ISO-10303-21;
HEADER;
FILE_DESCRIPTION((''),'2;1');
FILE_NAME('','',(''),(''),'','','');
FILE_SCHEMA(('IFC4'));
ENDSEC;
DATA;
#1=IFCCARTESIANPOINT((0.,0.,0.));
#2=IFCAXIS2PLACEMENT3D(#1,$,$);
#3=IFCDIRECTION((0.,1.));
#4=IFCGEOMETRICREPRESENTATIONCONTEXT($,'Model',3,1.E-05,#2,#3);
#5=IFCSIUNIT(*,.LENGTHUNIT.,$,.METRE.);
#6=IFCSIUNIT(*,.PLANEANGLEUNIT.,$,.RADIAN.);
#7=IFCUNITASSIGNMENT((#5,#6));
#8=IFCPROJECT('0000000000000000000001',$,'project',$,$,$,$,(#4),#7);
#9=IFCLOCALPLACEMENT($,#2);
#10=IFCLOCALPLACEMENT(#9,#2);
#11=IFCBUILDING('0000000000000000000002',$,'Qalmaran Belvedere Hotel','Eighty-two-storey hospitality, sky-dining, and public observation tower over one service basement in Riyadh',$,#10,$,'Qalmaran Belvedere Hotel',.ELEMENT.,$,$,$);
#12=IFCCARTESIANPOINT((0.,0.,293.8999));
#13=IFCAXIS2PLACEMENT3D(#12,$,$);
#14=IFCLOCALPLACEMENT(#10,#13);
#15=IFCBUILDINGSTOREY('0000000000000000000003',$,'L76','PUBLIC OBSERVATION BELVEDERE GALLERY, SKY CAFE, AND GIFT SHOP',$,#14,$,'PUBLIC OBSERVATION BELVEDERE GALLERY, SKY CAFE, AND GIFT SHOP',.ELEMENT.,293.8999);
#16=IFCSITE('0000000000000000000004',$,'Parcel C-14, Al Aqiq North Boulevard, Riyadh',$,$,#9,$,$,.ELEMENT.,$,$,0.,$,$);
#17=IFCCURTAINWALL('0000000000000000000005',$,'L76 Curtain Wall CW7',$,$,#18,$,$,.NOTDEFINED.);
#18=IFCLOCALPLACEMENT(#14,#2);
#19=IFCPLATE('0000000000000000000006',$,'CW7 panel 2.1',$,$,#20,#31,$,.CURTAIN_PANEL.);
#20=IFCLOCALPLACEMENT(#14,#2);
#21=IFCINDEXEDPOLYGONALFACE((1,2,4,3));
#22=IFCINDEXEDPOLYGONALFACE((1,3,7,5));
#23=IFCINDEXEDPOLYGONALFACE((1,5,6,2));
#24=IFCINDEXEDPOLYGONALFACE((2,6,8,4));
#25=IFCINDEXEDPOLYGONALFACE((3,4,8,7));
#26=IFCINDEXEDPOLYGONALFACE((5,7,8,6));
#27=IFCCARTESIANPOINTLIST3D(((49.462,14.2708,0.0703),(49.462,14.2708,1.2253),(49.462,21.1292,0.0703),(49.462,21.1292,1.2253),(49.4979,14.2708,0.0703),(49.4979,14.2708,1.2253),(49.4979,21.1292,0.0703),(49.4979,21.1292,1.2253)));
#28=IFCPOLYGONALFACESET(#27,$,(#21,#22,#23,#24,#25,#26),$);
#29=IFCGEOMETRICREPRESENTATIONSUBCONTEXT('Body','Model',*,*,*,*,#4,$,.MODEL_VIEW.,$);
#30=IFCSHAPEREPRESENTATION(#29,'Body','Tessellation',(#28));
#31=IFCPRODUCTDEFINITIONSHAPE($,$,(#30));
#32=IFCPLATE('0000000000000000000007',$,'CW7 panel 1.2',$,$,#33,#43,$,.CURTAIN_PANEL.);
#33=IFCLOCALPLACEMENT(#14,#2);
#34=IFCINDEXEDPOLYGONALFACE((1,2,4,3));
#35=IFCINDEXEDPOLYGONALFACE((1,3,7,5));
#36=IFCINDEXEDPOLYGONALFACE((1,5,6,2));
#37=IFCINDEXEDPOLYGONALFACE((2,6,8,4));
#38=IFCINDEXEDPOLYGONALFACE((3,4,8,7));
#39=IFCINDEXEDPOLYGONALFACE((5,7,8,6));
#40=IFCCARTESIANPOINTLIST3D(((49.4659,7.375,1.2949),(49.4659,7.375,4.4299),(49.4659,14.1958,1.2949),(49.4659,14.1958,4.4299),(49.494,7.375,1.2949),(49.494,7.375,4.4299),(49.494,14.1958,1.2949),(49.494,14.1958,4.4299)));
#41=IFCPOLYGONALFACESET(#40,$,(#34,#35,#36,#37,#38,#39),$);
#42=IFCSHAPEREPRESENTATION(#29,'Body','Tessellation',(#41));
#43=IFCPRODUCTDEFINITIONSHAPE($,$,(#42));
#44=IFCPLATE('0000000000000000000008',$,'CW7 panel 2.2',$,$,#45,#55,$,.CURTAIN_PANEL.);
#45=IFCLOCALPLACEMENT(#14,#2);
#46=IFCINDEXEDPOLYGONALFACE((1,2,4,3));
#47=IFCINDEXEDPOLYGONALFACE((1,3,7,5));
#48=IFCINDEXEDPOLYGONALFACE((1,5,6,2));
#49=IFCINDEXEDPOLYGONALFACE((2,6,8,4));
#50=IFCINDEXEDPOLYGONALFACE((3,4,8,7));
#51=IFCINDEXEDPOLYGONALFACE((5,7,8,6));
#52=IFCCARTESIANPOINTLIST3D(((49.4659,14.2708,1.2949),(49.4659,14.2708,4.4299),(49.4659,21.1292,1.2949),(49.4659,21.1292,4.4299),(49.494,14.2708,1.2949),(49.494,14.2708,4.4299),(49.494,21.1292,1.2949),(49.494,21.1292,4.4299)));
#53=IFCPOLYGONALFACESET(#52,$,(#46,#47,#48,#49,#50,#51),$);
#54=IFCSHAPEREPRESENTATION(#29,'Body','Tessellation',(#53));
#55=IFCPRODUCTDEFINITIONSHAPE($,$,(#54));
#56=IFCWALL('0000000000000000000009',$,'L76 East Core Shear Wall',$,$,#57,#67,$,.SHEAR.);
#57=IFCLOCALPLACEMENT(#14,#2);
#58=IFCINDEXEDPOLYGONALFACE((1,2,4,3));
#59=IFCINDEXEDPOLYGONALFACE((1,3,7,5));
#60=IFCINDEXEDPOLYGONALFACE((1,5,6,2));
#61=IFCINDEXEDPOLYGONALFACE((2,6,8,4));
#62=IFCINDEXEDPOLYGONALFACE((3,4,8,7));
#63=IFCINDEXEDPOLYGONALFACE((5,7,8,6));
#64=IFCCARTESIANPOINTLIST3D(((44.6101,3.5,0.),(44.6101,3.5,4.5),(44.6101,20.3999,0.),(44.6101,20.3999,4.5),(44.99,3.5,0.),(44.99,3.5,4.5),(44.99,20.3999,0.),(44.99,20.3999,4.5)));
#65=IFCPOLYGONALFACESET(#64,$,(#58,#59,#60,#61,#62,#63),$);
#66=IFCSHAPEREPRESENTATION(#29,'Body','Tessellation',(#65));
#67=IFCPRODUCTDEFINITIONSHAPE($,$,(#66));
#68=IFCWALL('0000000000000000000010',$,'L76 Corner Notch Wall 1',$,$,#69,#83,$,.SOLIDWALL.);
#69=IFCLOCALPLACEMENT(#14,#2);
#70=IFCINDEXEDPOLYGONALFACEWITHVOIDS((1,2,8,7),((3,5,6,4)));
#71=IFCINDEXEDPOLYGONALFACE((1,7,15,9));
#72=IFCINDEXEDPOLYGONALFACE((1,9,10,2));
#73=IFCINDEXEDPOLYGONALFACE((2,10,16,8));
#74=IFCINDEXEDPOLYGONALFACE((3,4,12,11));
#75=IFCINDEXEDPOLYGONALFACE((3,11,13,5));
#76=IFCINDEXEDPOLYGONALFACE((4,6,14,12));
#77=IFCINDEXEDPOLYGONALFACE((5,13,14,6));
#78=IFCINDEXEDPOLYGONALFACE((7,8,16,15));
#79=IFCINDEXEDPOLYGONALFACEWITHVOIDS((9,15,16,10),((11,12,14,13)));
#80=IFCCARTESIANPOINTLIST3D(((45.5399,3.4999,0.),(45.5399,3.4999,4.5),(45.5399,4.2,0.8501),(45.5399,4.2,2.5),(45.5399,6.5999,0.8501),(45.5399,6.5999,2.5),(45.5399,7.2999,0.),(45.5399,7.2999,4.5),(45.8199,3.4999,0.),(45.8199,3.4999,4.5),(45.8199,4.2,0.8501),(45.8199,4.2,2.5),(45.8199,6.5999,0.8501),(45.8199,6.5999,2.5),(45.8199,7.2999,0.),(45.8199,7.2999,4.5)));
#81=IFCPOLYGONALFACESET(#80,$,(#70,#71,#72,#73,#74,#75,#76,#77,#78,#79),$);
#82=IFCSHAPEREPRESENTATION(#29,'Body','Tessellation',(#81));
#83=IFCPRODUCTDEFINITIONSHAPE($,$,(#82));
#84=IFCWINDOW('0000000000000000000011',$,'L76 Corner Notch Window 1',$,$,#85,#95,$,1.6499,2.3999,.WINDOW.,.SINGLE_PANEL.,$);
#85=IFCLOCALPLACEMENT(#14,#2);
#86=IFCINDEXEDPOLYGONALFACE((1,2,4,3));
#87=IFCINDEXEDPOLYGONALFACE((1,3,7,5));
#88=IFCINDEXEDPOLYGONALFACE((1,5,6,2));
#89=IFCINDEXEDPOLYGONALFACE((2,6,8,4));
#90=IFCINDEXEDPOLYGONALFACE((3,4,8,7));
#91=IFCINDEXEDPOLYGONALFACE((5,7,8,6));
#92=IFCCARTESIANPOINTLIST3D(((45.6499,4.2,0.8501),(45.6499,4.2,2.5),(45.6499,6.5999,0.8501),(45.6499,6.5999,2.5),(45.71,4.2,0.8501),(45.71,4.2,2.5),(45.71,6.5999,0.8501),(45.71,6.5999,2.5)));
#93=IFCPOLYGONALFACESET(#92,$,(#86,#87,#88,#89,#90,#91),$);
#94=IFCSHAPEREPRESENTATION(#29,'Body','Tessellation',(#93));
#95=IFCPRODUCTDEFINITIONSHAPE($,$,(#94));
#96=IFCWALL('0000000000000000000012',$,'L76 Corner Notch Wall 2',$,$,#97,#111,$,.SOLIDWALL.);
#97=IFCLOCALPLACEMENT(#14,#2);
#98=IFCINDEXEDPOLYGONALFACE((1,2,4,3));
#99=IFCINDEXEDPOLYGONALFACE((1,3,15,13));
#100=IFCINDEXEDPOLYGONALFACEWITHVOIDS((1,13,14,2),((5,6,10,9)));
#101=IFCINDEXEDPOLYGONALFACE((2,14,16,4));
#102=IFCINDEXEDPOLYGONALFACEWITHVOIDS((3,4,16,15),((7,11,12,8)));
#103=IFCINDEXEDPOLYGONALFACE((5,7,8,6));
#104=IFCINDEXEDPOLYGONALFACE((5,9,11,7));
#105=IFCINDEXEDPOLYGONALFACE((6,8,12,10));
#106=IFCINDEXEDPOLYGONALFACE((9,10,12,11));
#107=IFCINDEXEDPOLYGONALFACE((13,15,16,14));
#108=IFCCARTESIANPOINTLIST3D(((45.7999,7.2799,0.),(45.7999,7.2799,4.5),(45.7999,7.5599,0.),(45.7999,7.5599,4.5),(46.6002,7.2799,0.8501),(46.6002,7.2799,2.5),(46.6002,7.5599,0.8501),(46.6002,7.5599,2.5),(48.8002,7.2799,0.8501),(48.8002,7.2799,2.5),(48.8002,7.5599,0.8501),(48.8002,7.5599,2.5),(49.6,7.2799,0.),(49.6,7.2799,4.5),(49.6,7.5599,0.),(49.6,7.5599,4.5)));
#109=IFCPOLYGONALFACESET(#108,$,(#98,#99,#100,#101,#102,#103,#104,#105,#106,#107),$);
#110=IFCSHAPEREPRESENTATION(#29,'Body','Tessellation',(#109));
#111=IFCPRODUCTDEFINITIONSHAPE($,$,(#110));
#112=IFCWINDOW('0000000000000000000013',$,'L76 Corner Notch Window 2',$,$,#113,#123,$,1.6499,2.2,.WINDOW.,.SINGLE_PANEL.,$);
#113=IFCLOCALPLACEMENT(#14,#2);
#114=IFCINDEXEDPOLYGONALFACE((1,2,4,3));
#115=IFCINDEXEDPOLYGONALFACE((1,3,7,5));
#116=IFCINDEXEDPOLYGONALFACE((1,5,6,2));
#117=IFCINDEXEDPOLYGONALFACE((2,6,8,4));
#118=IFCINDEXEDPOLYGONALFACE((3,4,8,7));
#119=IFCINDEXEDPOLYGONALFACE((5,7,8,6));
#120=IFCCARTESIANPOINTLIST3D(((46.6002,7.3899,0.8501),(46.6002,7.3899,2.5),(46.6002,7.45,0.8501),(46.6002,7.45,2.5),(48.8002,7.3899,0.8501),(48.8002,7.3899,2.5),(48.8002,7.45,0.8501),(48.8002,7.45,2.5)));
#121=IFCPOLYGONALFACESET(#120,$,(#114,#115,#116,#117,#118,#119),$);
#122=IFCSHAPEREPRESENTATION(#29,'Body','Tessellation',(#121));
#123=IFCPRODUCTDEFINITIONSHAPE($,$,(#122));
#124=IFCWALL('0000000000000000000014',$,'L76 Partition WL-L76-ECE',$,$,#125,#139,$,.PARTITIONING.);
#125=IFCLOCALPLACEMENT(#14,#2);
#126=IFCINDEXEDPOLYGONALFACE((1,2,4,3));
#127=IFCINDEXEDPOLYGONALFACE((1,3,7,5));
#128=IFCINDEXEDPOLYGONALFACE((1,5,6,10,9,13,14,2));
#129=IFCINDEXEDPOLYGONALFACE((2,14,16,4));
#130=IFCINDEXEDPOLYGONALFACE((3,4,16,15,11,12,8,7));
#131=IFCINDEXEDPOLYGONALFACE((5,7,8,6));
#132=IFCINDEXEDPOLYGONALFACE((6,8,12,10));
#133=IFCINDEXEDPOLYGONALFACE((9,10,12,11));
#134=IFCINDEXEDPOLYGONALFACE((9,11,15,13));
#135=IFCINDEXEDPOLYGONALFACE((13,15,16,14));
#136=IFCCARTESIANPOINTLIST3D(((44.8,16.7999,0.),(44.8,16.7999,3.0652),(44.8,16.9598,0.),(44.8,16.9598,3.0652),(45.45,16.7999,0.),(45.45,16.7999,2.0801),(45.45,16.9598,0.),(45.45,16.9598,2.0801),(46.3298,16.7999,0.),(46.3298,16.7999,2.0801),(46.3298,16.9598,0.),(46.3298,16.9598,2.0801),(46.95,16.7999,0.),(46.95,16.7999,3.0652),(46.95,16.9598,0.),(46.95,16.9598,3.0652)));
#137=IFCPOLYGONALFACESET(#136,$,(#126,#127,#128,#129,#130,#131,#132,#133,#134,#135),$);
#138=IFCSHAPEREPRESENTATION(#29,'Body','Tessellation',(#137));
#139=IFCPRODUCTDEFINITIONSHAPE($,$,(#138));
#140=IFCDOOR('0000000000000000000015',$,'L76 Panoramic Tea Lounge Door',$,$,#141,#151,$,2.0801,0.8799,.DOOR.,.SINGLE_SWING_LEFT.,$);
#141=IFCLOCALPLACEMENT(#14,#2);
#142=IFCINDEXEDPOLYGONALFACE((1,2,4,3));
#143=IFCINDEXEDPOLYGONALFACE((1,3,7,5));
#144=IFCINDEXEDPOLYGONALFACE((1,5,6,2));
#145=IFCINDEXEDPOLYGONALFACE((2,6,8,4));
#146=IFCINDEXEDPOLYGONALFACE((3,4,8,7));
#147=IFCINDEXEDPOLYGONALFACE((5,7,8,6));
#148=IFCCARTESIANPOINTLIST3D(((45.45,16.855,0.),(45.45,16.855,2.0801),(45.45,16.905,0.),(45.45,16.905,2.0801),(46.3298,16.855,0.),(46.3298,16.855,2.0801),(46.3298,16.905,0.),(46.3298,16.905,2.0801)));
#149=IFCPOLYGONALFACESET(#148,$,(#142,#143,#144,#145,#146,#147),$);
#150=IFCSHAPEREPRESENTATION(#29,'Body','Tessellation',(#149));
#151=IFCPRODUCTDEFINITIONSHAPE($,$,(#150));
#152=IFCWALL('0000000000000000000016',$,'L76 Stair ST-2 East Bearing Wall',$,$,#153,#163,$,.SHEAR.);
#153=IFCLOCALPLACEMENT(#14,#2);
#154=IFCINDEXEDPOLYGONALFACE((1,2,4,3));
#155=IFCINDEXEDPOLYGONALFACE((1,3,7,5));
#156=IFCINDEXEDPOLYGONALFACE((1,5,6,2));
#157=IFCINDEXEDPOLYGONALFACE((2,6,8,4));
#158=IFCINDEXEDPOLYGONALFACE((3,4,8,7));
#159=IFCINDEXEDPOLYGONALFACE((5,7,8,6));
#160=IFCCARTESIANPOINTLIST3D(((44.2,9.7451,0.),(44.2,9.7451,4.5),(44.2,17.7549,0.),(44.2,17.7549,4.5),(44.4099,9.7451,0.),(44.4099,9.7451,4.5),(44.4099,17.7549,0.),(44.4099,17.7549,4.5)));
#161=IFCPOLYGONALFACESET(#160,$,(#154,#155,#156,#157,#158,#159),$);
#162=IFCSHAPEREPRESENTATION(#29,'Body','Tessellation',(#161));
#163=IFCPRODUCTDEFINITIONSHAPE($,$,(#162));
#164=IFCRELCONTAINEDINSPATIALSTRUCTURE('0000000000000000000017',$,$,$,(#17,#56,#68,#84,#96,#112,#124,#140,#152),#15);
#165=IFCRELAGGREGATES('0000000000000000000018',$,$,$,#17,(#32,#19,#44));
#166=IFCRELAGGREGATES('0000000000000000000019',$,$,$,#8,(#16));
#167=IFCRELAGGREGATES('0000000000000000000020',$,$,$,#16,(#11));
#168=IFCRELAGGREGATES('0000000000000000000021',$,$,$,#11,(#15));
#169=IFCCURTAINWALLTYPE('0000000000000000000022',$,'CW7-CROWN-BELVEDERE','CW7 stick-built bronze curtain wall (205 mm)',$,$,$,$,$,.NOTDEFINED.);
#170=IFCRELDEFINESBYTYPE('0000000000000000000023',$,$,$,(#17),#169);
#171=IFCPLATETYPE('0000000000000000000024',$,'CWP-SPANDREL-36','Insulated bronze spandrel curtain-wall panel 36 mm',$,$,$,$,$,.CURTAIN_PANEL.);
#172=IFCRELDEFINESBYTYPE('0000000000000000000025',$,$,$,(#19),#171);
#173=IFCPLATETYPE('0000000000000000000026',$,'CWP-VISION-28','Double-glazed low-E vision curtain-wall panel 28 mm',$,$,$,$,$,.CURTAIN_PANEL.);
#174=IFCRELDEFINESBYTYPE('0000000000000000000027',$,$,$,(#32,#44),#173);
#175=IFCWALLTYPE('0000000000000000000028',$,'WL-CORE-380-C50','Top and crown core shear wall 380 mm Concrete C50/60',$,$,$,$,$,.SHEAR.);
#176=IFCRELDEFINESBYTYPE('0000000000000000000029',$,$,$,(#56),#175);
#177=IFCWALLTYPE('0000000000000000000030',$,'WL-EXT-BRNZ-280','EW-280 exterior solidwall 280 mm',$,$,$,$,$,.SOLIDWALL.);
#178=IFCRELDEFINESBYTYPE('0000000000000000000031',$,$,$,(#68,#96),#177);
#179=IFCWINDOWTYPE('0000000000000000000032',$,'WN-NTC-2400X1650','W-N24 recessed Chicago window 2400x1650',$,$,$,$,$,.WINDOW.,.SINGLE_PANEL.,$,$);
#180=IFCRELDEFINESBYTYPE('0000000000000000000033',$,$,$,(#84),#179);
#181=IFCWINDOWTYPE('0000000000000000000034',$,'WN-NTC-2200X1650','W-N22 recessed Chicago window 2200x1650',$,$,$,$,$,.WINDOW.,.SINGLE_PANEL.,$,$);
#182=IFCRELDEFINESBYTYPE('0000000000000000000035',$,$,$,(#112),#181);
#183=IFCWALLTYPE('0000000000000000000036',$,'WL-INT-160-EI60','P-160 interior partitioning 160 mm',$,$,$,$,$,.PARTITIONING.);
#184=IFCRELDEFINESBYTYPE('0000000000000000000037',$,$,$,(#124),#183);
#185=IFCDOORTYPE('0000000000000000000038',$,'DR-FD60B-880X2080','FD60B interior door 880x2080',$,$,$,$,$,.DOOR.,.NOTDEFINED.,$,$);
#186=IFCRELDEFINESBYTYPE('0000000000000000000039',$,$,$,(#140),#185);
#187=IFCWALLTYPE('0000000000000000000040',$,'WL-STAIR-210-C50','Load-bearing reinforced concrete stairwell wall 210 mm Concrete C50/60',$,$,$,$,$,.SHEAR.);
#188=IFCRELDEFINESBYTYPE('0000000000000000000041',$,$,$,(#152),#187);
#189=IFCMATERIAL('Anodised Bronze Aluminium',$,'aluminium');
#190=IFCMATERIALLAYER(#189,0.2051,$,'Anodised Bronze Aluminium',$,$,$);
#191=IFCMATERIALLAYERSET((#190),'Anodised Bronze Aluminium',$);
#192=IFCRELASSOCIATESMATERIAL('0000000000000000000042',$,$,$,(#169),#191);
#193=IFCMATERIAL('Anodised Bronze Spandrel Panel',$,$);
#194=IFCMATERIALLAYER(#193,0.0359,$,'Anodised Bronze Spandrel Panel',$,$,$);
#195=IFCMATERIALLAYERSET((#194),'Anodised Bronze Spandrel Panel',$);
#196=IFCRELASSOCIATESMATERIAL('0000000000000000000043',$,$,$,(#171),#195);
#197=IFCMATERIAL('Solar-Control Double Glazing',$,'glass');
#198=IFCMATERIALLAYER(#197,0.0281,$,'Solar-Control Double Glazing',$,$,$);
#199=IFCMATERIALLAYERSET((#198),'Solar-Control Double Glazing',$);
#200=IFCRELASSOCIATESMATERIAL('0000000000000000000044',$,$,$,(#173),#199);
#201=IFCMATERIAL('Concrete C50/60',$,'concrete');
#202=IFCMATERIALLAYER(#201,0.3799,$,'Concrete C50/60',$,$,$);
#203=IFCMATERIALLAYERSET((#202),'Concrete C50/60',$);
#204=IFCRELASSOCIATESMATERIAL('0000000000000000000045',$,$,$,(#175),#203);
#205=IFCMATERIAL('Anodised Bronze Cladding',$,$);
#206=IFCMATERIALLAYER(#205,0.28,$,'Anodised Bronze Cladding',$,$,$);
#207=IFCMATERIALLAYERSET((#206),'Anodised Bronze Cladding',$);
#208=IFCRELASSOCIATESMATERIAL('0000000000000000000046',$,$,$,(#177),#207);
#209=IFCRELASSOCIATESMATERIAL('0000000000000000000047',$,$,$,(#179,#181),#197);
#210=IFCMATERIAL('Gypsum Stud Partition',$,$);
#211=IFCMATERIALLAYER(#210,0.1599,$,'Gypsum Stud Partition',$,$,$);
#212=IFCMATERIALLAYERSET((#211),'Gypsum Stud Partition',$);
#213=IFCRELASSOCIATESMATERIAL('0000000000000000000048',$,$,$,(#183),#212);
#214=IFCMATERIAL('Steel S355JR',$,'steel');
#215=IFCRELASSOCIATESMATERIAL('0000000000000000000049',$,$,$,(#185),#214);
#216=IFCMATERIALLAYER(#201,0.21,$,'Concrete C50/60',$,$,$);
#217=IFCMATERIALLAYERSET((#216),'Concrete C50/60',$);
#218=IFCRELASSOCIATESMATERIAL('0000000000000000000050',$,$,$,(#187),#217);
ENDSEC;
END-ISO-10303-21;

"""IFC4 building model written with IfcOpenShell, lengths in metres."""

from ifc_helpers import new_model, si_unit, direction, frame, frame_2d, origin, origin_2d, place, context, subcontext, project, spatial, rectangle, extrude, material, layer, layer_set, type_object, element, fill, aggregate, save


model = new_model("IFC4")

# Units and contexts
model_context = context("Model", 3, precision=1e-05, world=origin(), true_north=direction((0.0, 1.0)))
body_context = subcontext(model_context, "Body", "Model", "MODEL_VIEW")
ifc_project = project(units=[si_unit("LENGTHUNIT", "METRE"), si_unit("PLANEANGLEUNIT", "RADIAN")], contexts=[model_context])

# Site, building, storey
site_placement = place(None, origin())
site = spatial("IfcSite", under=ifc_project, at=site_placement, Name="Parcel C-14, Al Aqiq North Boulevard, Riyadh", CompositionType="ELEMENT", RefElevation=0.0)
building_placement = place(site_placement, origin())
building = spatial("IfcBuilding", under=site, at=building_placement, Name="Qalmaran Belvedere Hotel", Description="Eighty-two-storey hospitality, sky-dining, and public observation tower over one service basement in Riyadh", LongName="Qalmaran Belvedere Hotel", CompositionType="ELEMENT")
storey_placement = place(building_placement, frame((0.0, 0.0, 293.8999)))
storey = spatial("IfcBuildingStorey", under=building, at=storey_placement, Name="L76", Description="PUBLIC OBSERVATION BELVEDERE GALLERY, SKY CAFE, AND GIFT SHOP", LongName="PUBLIC OBSERVATION BELVEDERE GALLERY, SKY CAFE, AND GIFT SHOP", CompositionType="ELEMENT", Elevation=293.8999)

# Shared definitions
ifc_material_1 = material(Name="Concrete C50/60", Category="concrete")

# Shared definitions
ifc_material_2 = material(Name="Steel S355JR", Category="steel")

# Curtain wall, plates
ifc_material_3 = material(Name="Anodised Bronze Aluminium", Category="aluminium")
ifc_layer_1 = layer(ifc_material_3, 0.2051, Name="Anodised Bronze Aluminium")
ifc_layer_set_1 = layer_set([ifc_layer_1], Name="Anodised Bronze Aluminium")
curtain_wall_type = type_object("IfcCurtainWallType", Name="CW7-CROWN-BELVEDERE", Description="CW7 stick-built bronze curtain wall (205 mm)", PredefinedType="NOTDEFINED", material=ifc_layer_set_1)
curtain_wall_placement = place(storey_placement, origin())
curtain_wall = element("IfcCurtainWall", 1, at=curtain_wall_placement, inside=storey, type_object=curtain_wall_type, Name="L76 Curtain Wall CW7", PredefinedType="NOTDEFINED")
ifc_material_4 = material(Name="Anodised Bronze Spandrel Panel")
ifc_layer_2 = layer(ifc_material_4, 0.0359, Name="Anodised Bronze Spandrel Panel")
ifc_layer_set_2 = layer_set([ifc_layer_2], Name="Anodised Bronze Spandrel Panel")
plate_type_1 = type_object("IfcPlateType", Name="CWP-SPANDREL-36", Description="Insulated bronze spandrel curtain-wall panel 36 mm", PredefinedType="CURTAIN_PANEL", material=ifc_layer_set_2)
plate_1_placement = place(storey_placement, frame((49.48, 17.7, 0.0703), z_axis=(0.0, 0.0, 1.0), x_axis=(0.0, 1.0, 0.0)))
plate_1 = element("IfcPlate", 2, at=plate_1_placement, type_object=plate_type_1, Name="CW7 panel 2.1", PredefinedType="CURTAIN_PANEL", context=body_context, shape_type="SweptSolid", body=[
    extrude(rectangle(XDim=6.8584, YDim=0.0359, at=origin_2d()), origin(), (0.0, 0.0, 1.0), 1.155),
])
ifc_material_5 = material(Name="Solar-Control Double Glazing", Category="glass")
ifc_layer_3 = layer(ifc_material_5, 0.0281, Name="Solar-Control Double Glazing")
ifc_layer_set_3 = layer_set([ifc_layer_3], Name="Solar-Control Double Glazing")
plate_type_2 = type_object("IfcPlateType", Name="CWP-VISION-28", Description="Double-glazed low-E vision curtain-wall panel 28 mm", PredefinedType="CURTAIN_PANEL", material=ifc_layer_set_3)
plate_2_placement = place(storey_placement, frame((49.48, 10.7854, 1.2949), z_axis=(0.0, 0.0, 1.0), x_axis=(0.0, 1.0, 0.0)))
plate_2 = element("IfcPlate", 3, at=plate_2_placement, type_object=plate_type_2, Name="CW7 panel 1.2", PredefinedType="CURTAIN_PANEL", context=body_context, shape_type="SweptSolid", body=[
    extrude(rectangle(XDim=6.8208, YDim=0.0281, at=origin_2d()), origin(), (0.0, 0.0, 1.0), 3.135),
])
plate_3_placement = place(storey_placement, frame((49.48, 17.7, 1.2949), z_axis=(0.0, 0.0, 1.0), x_axis=(0.0, 1.0, 0.0)))
plate_3 = element("IfcPlate", 4, at=plate_3_placement, type_object=plate_type_2, Name="CW7 panel 2.2", PredefinedType="CURTAIN_PANEL", context=body_context, shape_type="SweptSolid", body=[
    extrude(rectangle(XDim=6.8584, YDim=0.0281, at=origin_2d()), origin(), (0.0, 0.0, 1.0), 3.135),
])
aggregate(curtain_wall, [plate_2, plate_1, plate_3])

# Wall
ifc_layer_4 = layer(ifc_material_1, 0.3799, Name="Concrete C50/60")
ifc_layer_set_4 = layer_set([ifc_layer_4], Name="Concrete C50/60")
wall_type_1 = type_object("IfcWallType", Name="WL-CORE-380-C50", Description="Top and crown core shear wall 380 mm Concrete C50/60", PredefinedType="SHEAR", material=ifc_layer_set_4)
wall_1_placement = place(storey_placement, frame((44.8, 3.5, 0.0), z_axis=(0.0, 0.0, 1.0), x_axis=(0.0, 1.0, 0.0)))
element("IfcWall", 5, at=wall_1_placement, inside=storey, type_object=wall_type_1, Name="L76 East Core Shear Wall", PredefinedType="SHEAR", context=body_context, shape_type="SweptSolid", body=[
    extrude(rectangle(XDim=16.8999, YDim=0.3799, at=frame_2d((8.45, 0.0))), origin(), (0.0, 0.0, 1.0), 4.5),
])

# Walls, openings, windows
ifc_material_6 = material(Name="Anodised Bronze Cladding")
ifc_layer_5 = layer(ifc_material_6, 0.28, Name="Anodised Bronze Cladding")
ifc_layer_set_5 = layer_set([ifc_layer_5], Name="Anodised Bronze Cladding")
wall_type_2 = type_object("IfcWallType", Name="WL-EXT-BRNZ-280", Description="EW-280 exterior solidwall 280 mm", PredefinedType="SOLIDWALL", material=ifc_layer_set_5)
wall_2_placement = place(storey_placement, frame((45.6799, 3.5, 0.0), z_axis=(0.0, 0.0, 1.0), x_axis=(0.0, 1.0, 0.0)))
wall_2 = element("IfcWall", 6, at=wall_2_placement, inside=storey, type_object=wall_type_2, Name="L76 Corner Notch Wall 1", PredefinedType="SOLIDWALL", context=body_context, shape_type="SweptSolid", body=[
    extrude(rectangle(XDim=3.8, YDim=0.28, at=frame_2d((1.8999, 0.0))), origin(), (0.0, 0.0, 1.0), 4.5),
])
opening_1_placement = place(wall_2_placement, frame((0.7, 0.0, 0.8501)))
opening_1 = element("IfcOpeningElement", 7, at=opening_1_placement, cuts=wall_2, PredefinedType="OPENING", context=body_context, shape_type="SweptSolid", body=[
    extrude(rectangle(XDim=2.3999, YDim=1.6499, at=frame_2d((1.2, 0.825))), frame((0.0, 0.1499, 0.0), z_axis=(0.0, -1.0, 0.0), x_axis=(1.0, 0.0, 0.0)), (0.0, 0.0, 1.0), 0.3),
])
window_type_1 = type_object("IfcWindowType", Name="WN-NTC-2400X1650", Description="W-N24 recessed Chicago window 2400x1650", PartitioningType="SINGLE_PANEL", PredefinedType="WINDOW", material=ifc_material_5)
window_1_placement = place(opening_1_placement, origin())
window_1 = element("IfcWindow", 8, at=window_1_placement, inside=storey, type_object=window_type_1, Name="L76 Corner Notch Window 1", OverallHeight=1.6499, OverallWidth=2.3999, PartitioningType="SINGLE_PANEL", PredefinedType="WINDOW", context=body_context, shape_type="SweptSolid", body=[
    extrude(rectangle(XDim=2.3999, YDim=1.6499, at=frame_2d((1.2, 0.825))), frame((0.0, 0.03, 0.0), z_axis=(0.0, -1.0, 0.0), x_axis=(1.0, 0.0, 0.0)), (0.0, 0.0, 1.0), 0.0601),
])
fill(opening_1, window_1)
wall_3_placement = place(storey_placement, frame((45.8, 7.4199, 0.0), z_axis=(0.0, 0.0, 1.0), x_axis=(1.0, 0.0, 0.0)))
wall_3 = element("IfcWall", 9, at=wall_3_placement, inside=storey, type_object=wall_type_2, Name="L76 Corner Notch Wall 2", PredefinedType="SOLIDWALL", context=body_context, shape_type="SweptSolid", body=[
    extrude(rectangle(XDim=3.8, YDim=0.28, at=frame_2d((1.8999, 0.0))), origin(), (0.0, 0.0, 1.0), 4.5),
])
opening_2_placement = place(wall_3_placement, frame((0.8, 0.0, 0.8501)))
opening_2 = element("IfcOpeningElement", 10, at=opening_2_placement, cuts=wall_3, PredefinedType="OPENING", context=body_context, shape_type="SweptSolid", body=[
    extrude(rectangle(XDim=2.2, YDim=1.6499, at=frame_2d((1.1001, 0.825))), frame((0.0, 0.1499, 0.0), z_axis=(0.0, -1.0, 0.0), x_axis=(1.0, 0.0, 0.0)), (0.0, 0.0, 1.0), 0.3),
])
window_type_2 = type_object("IfcWindowType", Name="WN-NTC-2200X1650", Description="W-N22 recessed Chicago window 2200x1650", PartitioningType="SINGLE_PANEL", PredefinedType="WINDOW", material=ifc_material_5)
window_2_placement = place(opening_2_placement, origin())
window_2 = element("IfcWindow", 11, at=window_2_placement, inside=storey, type_object=window_type_2, Name="L76 Corner Notch Window 2", OverallHeight=1.6499, OverallWidth=2.2, PartitioningType="SINGLE_PANEL", PredefinedType="WINDOW", context=body_context, shape_type="SweptSolid", body=[
    extrude(rectangle(XDim=2.2, YDim=1.6499, at=frame_2d((1.1001, 0.825))), frame((0.0, 0.03, 0.0), z_axis=(0.0, -1.0, 0.0), x_axis=(1.0, 0.0, 0.0)), (0.0, 0.0, 1.0), 0.0601),
])
fill(opening_2, window_2)

# Wall, opening, door
ifc_material_7 = material(Name="Gypsum Stud Partition")
ifc_layer_6 = layer(ifc_material_7, 0.1599, Name="Gypsum Stud Partition")
ifc_layer_set_6 = layer_set([ifc_layer_6], Name="Gypsum Stud Partition")
wall_type_3 = type_object("IfcWallType", Name="WL-INT-160-EI60", Description="P-160 interior partitioning 160 mm", PredefinedType="PARTITIONING", material=ifc_layer_set_6)
wall_4_placement = place(storey_placement, frame((44.8, 16.8799, 0.0), z_axis=(0.0, 0.0, 1.0), x_axis=(1.0, 0.0, 0.0)))
wall_4 = element("IfcWall", 12, at=wall_4_placement, inside=storey, type_object=wall_type_3, Name="L76 Partition WL-L76-ECE", PredefinedType="PARTITIONING", context=body_context, shape_type="SweptSolid", body=[
    extrude(rectangle(XDim=2.1499, YDim=0.1599, at=frame_2d((1.075, 0.0))), origin(), (0.0, 0.0, 1.0), 3.0652),
])
opening_3_placement = place(wall_4_placement, frame((1.5298, 0.0, 0.0), z_axis=(0.0, 0.0, 1.0), x_axis=(-1.0, 0.0, 0.0)))
opening_3 = element("IfcOpeningElement", 13, at=opening_3_placement, cuts=wall_4, PredefinedType="OPENING", context=body_context, shape_type="SweptSolid", body=[
    extrude(rectangle(XDim=0.8799, YDim=2.0801, at=frame_2d((0.4399, 1.04))), frame((0.0, 0.0898, 0.0), z_axis=(0.0, -1.0, 0.0), x_axis=(1.0, 0.0, 0.0)), (0.0, 0.0, 1.0), 0.1799),
])
door_type = type_object("IfcDoorType", Name="DR-FD60B-880X2080", Description="FD60B interior door 880x2080", OperationType="NOTDEFINED", PredefinedType="DOOR", material=ifc_material_2)
door_placement = place(opening_3_placement, origin())
door = element("IfcDoor", 14, at=door_placement, inside=storey, type_object=door_type, Name="L76 Panoramic Tea Lounge Door", OperationType="SINGLE_SWING_LEFT", OverallHeight=2.0801, OverallWidth=0.8799, PredefinedType="DOOR", context=body_context, shape_type="SweptSolid", body=[
    extrude(rectangle(XDim=0.8799, YDim=2.0801, at=frame_2d((0.4399, 1.04))), frame((0.0, 0.0249, 0.0), z_axis=(0.0, -1.0, 0.0), x_axis=(1.0, 0.0, 0.0)), (0.0, 0.0, 1.0), 0.05),
])
fill(opening_3, door)

# Wall
ifc_layer_7 = layer(ifc_material_1, 0.21, Name="Concrete C50/60")
ifc_layer_set_7 = layer_set([ifc_layer_7], Name="Concrete C50/60")
wall_type_4 = type_object("IfcWallType", Name="WL-STAIR-210-C50", Description="Load-bearing reinforced concrete stairwell wall 210 mm Concrete C50/60", PredefinedType="SHEAR", material=ifc_layer_set_7)
wall_5_placement = place(storey_placement, frame((44.3049, 9.7451, 0.0), z_axis=(0.0, 0.0, 1.0), x_axis=(0.0, 1.0, 0.0)))
element("IfcWall", 15, at=wall_5_placement, inside=storey, type_object=wall_type_4, Name="L76 Stair ST-2 East Bearing Wall", PredefinedType="SHEAR", context=body_context, shape_type="SweptSolid", body=[
    extrude(rectangle(XDim=8.0098, YDim=0.21, at=frame_2d((4.0049, 0.0))), origin(), (0.0, 0.0, 1.0), 4.5),
])

save(model, "model.ifc")
